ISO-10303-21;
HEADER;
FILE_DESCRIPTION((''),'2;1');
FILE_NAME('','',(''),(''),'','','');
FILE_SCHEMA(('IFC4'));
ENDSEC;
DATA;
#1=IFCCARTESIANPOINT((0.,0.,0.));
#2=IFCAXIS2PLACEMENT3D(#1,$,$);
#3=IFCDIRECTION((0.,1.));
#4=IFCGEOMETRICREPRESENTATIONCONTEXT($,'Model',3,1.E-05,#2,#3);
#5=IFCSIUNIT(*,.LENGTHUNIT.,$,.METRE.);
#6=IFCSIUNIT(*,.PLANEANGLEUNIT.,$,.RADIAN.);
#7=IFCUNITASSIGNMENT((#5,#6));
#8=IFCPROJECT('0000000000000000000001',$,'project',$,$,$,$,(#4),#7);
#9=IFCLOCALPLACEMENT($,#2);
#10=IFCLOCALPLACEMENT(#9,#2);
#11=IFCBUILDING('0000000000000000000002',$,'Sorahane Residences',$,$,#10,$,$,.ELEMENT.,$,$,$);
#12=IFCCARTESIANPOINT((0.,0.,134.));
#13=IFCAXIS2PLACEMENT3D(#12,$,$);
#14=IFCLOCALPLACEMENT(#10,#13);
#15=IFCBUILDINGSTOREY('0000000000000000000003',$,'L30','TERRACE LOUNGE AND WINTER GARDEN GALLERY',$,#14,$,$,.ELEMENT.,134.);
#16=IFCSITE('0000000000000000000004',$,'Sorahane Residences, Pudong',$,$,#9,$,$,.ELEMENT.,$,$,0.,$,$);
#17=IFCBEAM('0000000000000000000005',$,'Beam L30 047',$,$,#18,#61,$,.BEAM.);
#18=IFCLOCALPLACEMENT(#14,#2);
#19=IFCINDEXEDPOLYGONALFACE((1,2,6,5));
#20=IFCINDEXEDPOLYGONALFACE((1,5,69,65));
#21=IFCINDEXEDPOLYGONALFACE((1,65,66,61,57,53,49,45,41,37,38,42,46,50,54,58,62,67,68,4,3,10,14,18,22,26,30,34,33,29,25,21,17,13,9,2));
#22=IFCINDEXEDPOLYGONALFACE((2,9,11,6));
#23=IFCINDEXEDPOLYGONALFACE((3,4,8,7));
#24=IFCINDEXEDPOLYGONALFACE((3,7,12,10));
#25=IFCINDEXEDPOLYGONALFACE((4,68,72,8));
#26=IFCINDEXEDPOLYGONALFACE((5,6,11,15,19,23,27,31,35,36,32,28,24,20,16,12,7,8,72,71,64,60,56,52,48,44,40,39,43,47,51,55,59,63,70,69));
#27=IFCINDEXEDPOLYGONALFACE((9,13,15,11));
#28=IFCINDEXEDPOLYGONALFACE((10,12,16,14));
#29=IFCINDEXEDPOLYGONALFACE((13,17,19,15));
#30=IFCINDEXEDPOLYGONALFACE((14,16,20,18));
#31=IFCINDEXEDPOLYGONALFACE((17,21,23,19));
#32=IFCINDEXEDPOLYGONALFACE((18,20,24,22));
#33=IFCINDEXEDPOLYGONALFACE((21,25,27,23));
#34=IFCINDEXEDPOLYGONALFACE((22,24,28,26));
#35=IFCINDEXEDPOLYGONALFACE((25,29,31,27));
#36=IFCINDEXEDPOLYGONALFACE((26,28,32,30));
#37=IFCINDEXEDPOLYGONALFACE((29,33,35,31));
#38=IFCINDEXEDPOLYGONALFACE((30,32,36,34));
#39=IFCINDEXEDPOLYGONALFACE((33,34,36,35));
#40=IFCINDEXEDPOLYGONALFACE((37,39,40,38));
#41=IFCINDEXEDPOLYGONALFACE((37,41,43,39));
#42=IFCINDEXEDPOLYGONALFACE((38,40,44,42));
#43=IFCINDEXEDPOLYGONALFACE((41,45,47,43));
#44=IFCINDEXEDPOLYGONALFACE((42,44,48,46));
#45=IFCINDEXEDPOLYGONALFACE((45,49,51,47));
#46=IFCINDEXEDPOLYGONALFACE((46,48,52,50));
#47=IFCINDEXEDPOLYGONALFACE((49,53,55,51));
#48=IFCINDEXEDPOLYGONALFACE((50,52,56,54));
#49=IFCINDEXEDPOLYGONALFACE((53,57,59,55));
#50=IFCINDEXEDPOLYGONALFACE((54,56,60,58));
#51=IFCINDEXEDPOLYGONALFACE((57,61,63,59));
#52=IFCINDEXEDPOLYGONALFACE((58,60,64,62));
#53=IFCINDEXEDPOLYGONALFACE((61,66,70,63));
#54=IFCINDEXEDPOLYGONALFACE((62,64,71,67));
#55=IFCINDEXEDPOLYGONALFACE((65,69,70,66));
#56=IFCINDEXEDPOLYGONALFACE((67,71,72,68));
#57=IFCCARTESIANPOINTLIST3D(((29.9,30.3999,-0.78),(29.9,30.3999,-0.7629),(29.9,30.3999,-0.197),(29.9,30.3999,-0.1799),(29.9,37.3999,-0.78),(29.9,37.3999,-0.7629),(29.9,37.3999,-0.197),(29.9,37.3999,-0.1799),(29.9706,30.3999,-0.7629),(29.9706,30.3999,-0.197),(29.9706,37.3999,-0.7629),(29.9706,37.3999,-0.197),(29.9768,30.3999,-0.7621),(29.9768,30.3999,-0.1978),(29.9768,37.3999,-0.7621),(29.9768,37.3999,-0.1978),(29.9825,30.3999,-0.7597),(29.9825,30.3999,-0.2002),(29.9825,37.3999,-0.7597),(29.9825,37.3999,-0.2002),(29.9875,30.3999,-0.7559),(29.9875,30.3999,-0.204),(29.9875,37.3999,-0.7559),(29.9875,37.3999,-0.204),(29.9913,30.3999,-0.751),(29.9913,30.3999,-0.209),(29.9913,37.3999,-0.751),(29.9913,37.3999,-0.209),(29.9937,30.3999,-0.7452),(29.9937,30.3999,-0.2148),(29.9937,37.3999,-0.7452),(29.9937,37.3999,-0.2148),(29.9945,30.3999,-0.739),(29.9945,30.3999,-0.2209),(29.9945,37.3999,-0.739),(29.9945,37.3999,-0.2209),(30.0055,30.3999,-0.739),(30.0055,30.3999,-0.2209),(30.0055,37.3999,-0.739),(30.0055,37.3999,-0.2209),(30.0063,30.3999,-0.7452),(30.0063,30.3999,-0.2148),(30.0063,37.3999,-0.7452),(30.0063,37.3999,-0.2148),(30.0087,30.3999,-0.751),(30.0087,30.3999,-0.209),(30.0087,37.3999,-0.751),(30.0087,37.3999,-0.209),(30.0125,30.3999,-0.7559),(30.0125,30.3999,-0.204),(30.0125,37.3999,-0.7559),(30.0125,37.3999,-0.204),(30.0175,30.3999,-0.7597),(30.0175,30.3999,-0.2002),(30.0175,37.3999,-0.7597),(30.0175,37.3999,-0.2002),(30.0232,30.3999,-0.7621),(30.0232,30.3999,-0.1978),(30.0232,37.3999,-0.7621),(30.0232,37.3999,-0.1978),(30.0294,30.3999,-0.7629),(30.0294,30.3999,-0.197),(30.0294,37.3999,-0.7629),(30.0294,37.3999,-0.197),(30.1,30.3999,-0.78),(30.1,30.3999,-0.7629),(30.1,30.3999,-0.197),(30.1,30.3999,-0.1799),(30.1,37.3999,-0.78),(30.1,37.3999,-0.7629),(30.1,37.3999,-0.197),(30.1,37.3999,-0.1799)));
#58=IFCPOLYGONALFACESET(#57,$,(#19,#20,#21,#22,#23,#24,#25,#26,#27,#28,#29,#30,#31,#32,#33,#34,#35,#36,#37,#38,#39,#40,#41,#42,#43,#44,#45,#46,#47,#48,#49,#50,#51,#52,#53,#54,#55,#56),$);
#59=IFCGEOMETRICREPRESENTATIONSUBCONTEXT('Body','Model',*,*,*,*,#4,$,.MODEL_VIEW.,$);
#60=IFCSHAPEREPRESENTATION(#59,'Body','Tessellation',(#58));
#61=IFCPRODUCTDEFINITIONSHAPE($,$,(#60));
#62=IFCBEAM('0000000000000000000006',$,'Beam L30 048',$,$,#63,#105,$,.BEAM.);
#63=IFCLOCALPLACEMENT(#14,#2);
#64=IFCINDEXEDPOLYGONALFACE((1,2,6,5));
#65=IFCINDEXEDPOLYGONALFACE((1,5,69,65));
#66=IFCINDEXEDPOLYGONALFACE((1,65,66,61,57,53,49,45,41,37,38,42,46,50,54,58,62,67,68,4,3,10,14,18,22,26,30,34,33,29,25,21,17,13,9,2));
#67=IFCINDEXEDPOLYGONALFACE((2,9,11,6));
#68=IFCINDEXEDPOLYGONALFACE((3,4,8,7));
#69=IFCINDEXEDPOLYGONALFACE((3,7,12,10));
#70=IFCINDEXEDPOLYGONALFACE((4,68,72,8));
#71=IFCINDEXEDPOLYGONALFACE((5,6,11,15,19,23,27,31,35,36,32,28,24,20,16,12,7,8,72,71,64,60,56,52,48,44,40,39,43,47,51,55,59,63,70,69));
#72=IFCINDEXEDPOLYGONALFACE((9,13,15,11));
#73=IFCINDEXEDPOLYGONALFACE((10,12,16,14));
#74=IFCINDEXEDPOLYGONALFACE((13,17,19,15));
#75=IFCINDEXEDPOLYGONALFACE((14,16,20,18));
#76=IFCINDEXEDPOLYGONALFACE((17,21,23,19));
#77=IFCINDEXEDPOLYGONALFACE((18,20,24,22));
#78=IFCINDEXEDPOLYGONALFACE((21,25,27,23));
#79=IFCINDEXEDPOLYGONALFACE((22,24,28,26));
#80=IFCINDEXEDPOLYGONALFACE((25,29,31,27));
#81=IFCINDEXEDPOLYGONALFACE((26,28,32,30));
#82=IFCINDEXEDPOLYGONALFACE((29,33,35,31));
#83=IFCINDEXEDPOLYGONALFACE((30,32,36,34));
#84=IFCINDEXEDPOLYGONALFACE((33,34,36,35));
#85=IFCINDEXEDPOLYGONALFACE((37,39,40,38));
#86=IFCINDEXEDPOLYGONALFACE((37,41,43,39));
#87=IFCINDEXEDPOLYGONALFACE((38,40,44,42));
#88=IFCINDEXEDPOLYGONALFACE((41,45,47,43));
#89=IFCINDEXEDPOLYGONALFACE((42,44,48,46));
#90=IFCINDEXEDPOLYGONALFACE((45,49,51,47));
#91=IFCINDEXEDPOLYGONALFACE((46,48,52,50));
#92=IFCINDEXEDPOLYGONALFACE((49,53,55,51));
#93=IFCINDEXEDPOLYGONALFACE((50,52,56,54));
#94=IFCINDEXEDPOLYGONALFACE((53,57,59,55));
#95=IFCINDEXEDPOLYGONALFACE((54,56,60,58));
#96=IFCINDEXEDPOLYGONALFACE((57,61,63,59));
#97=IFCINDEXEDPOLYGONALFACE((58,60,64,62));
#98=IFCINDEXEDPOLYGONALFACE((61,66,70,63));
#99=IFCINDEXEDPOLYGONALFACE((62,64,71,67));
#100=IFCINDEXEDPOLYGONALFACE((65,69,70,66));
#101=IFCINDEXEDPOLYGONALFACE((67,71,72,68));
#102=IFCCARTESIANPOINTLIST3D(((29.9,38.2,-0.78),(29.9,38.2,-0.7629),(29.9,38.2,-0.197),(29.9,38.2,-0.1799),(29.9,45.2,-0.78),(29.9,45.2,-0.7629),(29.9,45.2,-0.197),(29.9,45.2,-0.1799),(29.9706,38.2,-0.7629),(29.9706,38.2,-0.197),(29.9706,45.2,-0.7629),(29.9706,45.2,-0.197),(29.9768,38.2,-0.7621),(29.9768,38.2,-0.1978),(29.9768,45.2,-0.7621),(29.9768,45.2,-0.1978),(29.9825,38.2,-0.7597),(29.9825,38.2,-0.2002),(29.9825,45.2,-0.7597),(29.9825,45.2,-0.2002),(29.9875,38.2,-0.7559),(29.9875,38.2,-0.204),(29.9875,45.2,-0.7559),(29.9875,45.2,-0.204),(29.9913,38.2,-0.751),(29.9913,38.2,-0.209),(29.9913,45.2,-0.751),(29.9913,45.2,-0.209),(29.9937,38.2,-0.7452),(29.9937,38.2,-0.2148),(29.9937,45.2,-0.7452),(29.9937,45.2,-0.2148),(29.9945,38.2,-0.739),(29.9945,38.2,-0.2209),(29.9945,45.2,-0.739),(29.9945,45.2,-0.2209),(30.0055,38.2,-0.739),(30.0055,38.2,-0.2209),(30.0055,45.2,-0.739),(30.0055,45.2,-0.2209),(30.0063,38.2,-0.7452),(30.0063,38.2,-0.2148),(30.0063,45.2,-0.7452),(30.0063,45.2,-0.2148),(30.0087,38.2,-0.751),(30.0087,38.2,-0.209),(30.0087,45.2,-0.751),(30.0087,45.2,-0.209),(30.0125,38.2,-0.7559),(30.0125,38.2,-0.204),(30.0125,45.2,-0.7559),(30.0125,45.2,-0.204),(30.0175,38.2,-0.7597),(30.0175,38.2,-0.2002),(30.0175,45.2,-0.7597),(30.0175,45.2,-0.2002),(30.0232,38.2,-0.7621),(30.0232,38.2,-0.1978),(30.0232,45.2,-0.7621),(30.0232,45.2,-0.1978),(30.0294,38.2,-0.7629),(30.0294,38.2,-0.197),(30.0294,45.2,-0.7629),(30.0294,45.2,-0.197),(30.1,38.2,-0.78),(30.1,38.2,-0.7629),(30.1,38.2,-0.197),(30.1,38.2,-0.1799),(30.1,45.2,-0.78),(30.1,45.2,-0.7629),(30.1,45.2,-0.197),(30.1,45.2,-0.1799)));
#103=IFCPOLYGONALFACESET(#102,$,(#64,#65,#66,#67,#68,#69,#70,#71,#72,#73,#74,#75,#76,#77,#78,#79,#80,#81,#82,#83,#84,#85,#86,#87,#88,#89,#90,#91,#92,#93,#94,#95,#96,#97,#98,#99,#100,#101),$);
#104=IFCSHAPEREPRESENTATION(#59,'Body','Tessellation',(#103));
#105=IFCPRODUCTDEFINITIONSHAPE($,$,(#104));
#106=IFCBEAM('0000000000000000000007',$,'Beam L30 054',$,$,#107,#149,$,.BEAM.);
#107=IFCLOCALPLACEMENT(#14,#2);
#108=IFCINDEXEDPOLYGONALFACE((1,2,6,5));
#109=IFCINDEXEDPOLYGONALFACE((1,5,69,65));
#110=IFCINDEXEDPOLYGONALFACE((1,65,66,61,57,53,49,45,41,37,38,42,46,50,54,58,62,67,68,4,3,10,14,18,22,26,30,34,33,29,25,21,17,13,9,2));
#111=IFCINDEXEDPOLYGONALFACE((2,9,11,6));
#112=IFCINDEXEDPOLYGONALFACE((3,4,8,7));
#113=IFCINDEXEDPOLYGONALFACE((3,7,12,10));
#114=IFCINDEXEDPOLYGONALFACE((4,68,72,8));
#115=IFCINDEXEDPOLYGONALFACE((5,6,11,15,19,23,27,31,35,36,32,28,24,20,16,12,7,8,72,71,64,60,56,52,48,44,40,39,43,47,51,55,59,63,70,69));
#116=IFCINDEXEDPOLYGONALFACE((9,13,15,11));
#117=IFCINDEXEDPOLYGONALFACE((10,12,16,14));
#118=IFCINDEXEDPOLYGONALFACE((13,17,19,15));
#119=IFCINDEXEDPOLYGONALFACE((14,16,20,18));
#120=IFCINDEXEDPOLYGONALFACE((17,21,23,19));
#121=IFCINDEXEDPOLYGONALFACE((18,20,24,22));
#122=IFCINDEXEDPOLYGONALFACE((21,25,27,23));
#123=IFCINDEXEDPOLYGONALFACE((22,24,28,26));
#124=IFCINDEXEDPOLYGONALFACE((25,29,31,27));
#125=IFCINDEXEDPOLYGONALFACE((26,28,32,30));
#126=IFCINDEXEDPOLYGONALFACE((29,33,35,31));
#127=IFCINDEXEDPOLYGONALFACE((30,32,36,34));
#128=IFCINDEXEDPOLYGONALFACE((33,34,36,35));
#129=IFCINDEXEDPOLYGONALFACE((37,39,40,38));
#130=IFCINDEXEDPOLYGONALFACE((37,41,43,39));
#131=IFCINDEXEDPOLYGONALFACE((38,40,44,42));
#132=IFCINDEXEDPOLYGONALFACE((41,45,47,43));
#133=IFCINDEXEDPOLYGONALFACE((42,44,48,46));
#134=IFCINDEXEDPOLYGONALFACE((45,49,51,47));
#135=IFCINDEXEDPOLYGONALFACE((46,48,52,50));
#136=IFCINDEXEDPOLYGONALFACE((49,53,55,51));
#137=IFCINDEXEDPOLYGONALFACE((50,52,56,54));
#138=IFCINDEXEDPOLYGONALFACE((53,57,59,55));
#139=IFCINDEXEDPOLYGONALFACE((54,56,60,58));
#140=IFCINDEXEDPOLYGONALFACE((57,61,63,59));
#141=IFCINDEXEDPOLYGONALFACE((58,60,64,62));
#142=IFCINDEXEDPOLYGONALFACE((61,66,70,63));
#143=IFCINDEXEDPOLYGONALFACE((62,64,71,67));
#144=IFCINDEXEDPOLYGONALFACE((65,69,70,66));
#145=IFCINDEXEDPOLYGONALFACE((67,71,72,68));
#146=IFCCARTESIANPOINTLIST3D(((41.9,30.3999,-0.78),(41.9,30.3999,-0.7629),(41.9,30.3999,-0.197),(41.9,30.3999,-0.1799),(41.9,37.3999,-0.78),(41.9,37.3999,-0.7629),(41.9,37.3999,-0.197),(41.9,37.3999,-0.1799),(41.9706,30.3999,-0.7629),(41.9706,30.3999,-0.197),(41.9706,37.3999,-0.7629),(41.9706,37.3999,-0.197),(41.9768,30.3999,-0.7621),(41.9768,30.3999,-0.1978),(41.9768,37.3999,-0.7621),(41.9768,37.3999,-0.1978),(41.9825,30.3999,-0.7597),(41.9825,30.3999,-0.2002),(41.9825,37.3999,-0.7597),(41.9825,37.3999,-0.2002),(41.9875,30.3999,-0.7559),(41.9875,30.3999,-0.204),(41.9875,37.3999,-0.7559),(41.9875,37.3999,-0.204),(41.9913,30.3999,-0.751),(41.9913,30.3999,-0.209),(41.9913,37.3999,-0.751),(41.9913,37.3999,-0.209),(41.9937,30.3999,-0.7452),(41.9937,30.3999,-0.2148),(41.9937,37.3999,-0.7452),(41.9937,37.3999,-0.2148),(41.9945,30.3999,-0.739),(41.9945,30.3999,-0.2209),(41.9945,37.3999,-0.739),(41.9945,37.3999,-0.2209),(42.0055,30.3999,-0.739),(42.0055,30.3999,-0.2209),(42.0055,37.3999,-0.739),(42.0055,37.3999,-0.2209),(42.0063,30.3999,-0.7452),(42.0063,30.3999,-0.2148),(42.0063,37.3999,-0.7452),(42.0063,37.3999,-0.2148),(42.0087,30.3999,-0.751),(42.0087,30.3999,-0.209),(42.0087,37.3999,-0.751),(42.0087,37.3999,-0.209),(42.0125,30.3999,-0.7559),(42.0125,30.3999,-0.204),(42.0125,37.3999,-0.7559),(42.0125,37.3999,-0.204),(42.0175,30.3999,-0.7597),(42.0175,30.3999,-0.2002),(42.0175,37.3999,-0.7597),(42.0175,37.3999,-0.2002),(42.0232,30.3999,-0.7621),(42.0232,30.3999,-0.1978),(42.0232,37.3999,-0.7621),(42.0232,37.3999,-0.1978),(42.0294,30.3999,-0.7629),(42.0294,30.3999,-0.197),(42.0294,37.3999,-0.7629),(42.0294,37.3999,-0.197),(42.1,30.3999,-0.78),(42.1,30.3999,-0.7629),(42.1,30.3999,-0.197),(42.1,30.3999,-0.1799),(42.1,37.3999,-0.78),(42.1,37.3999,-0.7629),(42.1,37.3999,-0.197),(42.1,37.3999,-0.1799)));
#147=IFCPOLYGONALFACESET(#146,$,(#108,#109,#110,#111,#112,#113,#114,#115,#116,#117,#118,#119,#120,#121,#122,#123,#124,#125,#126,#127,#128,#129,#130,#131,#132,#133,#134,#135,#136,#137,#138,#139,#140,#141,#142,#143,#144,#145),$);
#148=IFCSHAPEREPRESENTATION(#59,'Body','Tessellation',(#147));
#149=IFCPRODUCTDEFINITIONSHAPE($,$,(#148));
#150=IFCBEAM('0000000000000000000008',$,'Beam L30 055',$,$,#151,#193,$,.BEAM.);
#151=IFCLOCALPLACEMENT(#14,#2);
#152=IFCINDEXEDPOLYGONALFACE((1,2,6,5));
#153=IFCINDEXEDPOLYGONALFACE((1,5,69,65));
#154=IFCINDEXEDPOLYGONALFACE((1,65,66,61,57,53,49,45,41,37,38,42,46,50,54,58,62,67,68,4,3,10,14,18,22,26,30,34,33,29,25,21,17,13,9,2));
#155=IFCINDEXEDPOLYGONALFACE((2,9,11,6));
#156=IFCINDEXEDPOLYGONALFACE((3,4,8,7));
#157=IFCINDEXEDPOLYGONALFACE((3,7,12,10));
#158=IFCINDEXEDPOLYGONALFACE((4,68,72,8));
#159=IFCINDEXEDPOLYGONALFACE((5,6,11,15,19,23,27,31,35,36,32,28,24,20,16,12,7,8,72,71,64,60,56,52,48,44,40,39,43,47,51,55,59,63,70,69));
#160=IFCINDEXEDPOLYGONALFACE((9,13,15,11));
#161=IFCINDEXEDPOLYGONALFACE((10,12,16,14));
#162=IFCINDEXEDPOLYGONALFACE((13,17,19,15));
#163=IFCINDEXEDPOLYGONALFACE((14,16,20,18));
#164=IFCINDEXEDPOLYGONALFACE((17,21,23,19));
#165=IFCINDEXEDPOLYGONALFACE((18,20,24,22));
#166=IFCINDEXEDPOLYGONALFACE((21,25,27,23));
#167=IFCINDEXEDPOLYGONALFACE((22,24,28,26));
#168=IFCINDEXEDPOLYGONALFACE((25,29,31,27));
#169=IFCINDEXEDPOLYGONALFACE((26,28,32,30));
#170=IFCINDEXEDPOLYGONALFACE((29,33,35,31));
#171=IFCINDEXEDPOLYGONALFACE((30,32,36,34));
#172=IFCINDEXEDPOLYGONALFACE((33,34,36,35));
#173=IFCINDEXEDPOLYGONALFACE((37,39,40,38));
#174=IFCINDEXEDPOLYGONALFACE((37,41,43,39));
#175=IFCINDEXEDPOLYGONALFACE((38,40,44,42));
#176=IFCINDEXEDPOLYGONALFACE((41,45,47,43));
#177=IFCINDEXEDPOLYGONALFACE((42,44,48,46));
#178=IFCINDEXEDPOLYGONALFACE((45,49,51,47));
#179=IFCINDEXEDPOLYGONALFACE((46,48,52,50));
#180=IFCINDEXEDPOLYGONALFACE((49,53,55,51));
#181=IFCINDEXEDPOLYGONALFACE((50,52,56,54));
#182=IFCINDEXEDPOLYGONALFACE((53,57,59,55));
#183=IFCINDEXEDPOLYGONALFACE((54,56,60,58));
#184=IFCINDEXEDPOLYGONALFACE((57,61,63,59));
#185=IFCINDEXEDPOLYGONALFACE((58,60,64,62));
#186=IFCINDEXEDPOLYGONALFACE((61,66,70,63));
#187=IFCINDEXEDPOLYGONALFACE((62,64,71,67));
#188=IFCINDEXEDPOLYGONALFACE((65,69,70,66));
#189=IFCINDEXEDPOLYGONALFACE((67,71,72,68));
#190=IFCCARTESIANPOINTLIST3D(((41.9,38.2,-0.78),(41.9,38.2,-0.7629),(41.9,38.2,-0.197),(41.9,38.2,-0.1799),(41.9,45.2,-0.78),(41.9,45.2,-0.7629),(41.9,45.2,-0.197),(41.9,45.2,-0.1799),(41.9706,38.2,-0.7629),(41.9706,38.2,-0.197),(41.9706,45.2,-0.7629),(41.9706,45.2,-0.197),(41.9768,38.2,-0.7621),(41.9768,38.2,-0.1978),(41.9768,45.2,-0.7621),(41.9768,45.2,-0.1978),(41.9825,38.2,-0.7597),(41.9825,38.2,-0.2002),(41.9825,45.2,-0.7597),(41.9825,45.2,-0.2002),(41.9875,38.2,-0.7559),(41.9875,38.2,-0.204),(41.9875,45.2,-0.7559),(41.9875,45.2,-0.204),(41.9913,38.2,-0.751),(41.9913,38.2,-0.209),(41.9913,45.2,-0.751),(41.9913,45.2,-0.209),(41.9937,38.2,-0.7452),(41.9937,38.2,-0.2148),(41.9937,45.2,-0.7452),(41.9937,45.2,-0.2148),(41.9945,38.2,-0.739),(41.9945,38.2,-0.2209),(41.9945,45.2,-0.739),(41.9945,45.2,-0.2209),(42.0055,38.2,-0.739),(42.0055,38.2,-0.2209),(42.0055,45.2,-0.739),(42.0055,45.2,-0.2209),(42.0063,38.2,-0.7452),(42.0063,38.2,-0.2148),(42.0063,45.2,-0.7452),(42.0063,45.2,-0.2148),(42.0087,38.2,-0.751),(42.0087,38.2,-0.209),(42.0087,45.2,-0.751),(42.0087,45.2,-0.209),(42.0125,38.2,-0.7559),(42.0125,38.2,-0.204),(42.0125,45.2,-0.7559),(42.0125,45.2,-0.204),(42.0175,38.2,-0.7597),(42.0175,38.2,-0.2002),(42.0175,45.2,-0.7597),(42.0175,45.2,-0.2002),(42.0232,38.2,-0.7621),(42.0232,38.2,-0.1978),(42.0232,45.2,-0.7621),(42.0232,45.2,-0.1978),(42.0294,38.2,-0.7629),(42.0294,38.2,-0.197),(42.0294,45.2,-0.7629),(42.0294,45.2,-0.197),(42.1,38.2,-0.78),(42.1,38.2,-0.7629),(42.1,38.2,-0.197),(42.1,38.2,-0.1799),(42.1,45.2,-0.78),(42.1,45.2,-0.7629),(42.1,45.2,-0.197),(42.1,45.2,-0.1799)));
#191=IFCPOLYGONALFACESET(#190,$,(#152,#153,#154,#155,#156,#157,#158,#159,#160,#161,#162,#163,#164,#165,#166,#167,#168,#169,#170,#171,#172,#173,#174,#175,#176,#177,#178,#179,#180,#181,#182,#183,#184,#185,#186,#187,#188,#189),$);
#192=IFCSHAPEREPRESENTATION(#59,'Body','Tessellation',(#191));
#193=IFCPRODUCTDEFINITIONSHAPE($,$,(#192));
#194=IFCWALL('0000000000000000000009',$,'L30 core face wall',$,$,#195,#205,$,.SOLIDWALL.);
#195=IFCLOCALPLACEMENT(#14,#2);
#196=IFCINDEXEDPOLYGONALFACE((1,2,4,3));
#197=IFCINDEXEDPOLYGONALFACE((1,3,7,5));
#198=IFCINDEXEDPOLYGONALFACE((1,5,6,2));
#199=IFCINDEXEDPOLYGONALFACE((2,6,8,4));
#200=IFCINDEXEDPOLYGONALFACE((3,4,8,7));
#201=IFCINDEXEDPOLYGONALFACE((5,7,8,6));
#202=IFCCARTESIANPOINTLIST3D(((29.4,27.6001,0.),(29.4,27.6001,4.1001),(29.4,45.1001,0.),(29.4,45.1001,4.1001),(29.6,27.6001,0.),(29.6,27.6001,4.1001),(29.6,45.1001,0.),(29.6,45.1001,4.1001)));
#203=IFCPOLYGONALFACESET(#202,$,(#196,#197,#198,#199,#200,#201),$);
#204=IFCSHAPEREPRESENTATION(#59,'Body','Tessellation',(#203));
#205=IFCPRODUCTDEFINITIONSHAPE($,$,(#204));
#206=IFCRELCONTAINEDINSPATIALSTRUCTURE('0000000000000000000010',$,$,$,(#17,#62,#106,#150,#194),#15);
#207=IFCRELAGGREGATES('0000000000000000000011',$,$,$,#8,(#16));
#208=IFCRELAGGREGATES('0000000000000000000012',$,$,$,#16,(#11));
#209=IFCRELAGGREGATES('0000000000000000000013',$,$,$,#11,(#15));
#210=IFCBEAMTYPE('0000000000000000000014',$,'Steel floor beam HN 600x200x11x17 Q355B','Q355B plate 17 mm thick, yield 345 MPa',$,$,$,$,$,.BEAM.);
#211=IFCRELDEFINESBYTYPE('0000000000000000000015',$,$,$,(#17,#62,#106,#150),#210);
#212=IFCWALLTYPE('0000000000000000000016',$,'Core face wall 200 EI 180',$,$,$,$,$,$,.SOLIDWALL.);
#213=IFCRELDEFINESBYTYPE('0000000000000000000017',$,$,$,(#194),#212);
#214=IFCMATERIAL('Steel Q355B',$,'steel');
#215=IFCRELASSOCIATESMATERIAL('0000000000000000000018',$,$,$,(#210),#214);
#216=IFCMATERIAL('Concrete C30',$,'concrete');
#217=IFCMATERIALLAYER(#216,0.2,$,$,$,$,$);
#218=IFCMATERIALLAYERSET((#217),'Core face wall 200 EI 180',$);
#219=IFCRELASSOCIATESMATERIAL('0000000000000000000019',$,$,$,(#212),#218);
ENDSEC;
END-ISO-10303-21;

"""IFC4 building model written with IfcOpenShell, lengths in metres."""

from ifc_helpers import new_model, si_unit, direction, frame, frame_2d, origin, origin_2d, place, context, subcontext, project, spatial, rectangle, i_section, extrude, material, layer, layer_set, material_profile, profile_set, type_object, element, save


model = new_model("IFC4")

# Units and contexts
model_context = context("Model", 3, precision=1e-05, world=origin(), true_north=direction((0.0, 1.0)))
body_context = subcontext(model_context, "Body", "Model", "MODEL_VIEW")
ifc_project = project(units=[si_unit("LENGTHUNIT", "METRE"), si_unit("PLANEANGLEUNIT", "RADIAN")], contexts=[model_context])

# Site, building, storey
site_placement = place(None, origin())
site = spatial("IfcSite", under=ifc_project, at=site_placement, Name="Sorahane Residences, Pudong", CompositionType="ELEMENT", RefElevation=0.0)
building_placement = place(site_placement, origin())
building = spatial("IfcBuilding", under=site, at=building_placement, Name="Sorahane Residences", CompositionType="ELEMENT")
storey_placement = place(building_placement, frame((0.0, 0.0, 134.0)))
storey = spatial("IfcBuildingStorey", under=building, at=storey_placement, Name="L30", Description="TERRACE LOUNGE AND WINTER GARDEN GALLERY", CompositionType="ELEMENT", Elevation=134.0)

# Beams
ifc_material_1 = material(Name="Steel Q355B", Category="steel")
ifc_material_profile_1 = material_profile(ifc_material_1, i_section(OverallWidth=0.2, OverallDepth=0.6001, WebThickness=0.011, FlangeThickness=0.0171, FilletRadius=0.0239, at=origin_2d()), Name="HN 600x200x11x17")
ifc_profile_set_1 = profile_set([ifc_material_profile_1], Name="Steel Q355B")
beam_type_1 = type_object("IfcBeamType", Name="Steel floor beam HN 600x200x11x17 Q355B", Description="Q355B plate 17 mm thick, yield 345 MPa", PredefinedType="BEAM", material=ifc_profile_set_1)
for number, where, z_axis, x_axis, name in (
    (1, (30.0, 30.3999, -0.48), (0.0, 1.0, 0.0), (-1.0, 0.0, 0.0), "Beam L30 047"),
    (2, (30.0, 38.2, -0.48), (0.0, 1.0, 0.0), (-1.0, 0.0, 0.0), "Beam L30 048"),
    (3, (42.0, 30.3999, -0.48), (0.0, 1.0, 0.0), (-1.0, 0.0, 0.0), "Beam L30 054"),
    (4, (42.0, 38.2, -0.48), (0.0, 1.0, 0.0), (-1.0, 0.0, 0.0), "Beam L30 055"),
):
    element("IfcBeam", number, at=place(storey_placement, frame(where, z_axis=z_axis, x_axis=x_axis)), inside=storey, type_object=beam_type_1, Name=name, PredefinedType="BEAM", context=body_context, shape_type="SweptSolid", body=[
        extrude(i_section(OverallWidth=0.2, OverallDepth=0.6001, WebThickness=0.011, FlangeThickness=0.0171, FilletRadius=0.0239, at=origin_2d()), origin(), (0.0, 0.0, 1.0), 7.0),
    ])

# Wall
ifc_material_2 = material(Name="Concrete C30", Category="concrete")
ifc_layer_1 = layer(ifc_material_2, 0.2)
ifc_layer_set_1 = layer_set([ifc_layer_1], Name="Core face wall 200 EI 180")
wall_type_1 = type_object("IfcWallType", Name="Core face wall 200 EI 180", PredefinedType="SOLIDWALL", material=ifc_layer_set_1)
for number, where, z_axis, x_axis, name in (
    (5, (29.5, 27.6001, 0.0), (0.0, 0.0, 1.0), (0.0, 1.0, 0.0), "L30 core face wall"),
):
    element("IfcWall", number, at=place(storey_placement, frame(where, z_axis=z_axis, x_axis=x_axis)), inside=storey, type_object=wall_type_1, Name=name, PredefinedType="SOLIDWALL", context=body_context, shape_type="SweptSolid", body=[
        extrude(rectangle(XDim=17.5, YDim=0.2, at=frame_2d((8.75, 0.0))), origin(), (0.0, 0.0, 1.0), 4.1001),
    ])

save(model, "model.ifc")
